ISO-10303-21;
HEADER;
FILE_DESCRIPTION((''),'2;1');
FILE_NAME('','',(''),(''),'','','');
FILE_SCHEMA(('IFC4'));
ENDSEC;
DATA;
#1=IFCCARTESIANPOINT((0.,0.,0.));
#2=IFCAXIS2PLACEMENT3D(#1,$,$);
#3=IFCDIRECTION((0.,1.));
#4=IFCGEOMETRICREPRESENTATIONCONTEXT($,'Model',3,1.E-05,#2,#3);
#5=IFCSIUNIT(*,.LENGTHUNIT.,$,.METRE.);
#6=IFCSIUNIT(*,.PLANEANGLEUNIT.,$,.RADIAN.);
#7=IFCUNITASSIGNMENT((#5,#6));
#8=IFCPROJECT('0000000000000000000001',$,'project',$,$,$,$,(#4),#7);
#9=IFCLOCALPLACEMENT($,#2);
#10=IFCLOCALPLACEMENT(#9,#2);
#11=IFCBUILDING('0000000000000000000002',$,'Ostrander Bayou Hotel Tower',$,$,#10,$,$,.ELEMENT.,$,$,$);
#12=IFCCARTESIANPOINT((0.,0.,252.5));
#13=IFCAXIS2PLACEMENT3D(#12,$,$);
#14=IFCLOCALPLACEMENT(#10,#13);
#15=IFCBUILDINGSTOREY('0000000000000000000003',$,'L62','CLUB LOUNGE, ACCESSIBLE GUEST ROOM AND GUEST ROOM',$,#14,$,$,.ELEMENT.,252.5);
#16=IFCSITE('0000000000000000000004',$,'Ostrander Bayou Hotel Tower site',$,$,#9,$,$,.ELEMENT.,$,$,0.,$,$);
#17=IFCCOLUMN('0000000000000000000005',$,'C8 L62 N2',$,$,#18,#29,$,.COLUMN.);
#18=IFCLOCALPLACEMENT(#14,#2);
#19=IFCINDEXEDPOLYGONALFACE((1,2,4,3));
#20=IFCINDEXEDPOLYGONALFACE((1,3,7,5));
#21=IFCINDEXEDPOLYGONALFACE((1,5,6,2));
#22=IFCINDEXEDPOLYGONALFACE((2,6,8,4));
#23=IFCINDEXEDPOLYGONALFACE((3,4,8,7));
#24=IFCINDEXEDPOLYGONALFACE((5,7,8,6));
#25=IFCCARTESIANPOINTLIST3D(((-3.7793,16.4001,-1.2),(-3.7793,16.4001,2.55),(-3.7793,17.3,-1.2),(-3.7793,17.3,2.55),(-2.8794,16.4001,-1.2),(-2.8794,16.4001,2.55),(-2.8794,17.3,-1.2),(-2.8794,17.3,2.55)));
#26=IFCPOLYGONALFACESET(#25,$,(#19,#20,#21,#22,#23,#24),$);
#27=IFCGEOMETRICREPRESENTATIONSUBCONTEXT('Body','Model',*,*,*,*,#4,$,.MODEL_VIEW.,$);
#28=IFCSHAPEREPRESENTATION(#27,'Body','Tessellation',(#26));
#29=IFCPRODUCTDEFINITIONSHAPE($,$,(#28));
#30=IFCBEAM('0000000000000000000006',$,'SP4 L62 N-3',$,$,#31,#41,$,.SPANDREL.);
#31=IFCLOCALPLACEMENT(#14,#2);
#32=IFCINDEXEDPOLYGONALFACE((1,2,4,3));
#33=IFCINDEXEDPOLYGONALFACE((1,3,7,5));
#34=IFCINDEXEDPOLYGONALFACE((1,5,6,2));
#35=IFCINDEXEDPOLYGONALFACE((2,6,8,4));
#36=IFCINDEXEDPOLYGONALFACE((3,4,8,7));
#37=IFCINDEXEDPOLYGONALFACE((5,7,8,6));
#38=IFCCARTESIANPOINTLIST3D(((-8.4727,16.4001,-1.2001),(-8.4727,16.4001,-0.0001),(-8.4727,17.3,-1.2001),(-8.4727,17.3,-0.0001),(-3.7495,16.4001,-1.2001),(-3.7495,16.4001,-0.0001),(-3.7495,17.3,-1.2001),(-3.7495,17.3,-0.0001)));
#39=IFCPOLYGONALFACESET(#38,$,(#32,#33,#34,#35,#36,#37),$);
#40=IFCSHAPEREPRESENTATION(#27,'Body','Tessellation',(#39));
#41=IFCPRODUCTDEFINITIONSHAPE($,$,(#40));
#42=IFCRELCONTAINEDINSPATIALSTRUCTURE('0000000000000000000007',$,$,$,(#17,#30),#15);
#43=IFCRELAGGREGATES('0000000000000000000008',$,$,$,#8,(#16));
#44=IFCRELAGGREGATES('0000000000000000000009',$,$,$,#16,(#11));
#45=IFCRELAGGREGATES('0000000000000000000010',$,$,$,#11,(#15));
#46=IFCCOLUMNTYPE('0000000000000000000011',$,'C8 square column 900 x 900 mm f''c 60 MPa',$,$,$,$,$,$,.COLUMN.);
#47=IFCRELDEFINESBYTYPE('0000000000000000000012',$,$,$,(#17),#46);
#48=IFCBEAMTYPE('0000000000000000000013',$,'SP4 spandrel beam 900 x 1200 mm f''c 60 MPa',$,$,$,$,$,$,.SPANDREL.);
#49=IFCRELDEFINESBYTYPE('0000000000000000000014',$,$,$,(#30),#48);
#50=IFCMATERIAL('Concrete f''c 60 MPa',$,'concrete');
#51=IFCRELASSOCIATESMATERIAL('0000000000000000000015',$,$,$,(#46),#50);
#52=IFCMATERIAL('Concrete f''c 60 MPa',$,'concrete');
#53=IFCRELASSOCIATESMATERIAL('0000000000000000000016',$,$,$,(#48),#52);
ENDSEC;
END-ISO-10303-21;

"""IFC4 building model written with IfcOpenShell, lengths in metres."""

from ifc_helpers import new_model, si_unit, direction, frame, origin, origin_2d, place, context, subcontext, project, spatial, rectangle, extrude, material, material_profile, profile_set, type_object, element, save


model = new_model("IFC4")

# Units and contexts
model_context = context("Model", 3, precision=1e-05, world=origin(), true_north=direction((0.0, 1.0)))
body_context = subcontext(model_context, "Body", "Model", "MODEL_VIEW")
ifc_project = project(units=[si_unit("LENGTHUNIT", "METRE"), si_unit("PLANEANGLEUNIT", "RADIAN")], contexts=[model_context])

# Site, building, storey
site_placement = place(None, origin())
site = spatial("IfcSite", under=ifc_project, at=site_placement, Name="Ostrander Bayou Hotel Tower site", CompositionType="ELEMENT", RefElevation=0.0)
building_placement = place(site_placement, origin())
building = spatial("IfcBuilding", under=site, at=building_placement, Name="Ostrander Bayou Hotel Tower", CompositionType="ELEMENT")
storey_placement = place(building_placement, frame((0.0, 0.0, 252.5)))
storey = spatial("IfcBuildingStorey", under=building, at=storey_placement, Name="L62", Description="CLUB LOUNGE, ACCESSIBLE GUEST ROOM AND GUEST ROOM", CompositionType="ELEMENT", Elevation=252.5)

# Column
ifc_material_1 = material(Name="Concrete f'c 60 MPa", Category="concrete")
ifc_material_profile_1 = material_profile(ifc_material_1, rectangle(XDim=0.8999, YDim=0.8999, at=origin_2d()))
ifc_profile_set_1 = profile_set([ifc_material_profile_1], Name="Concrete f'c 60 MPa")
column_type = type_object("IfcColumnType", Name="C8 square column 900 x 900 mm f'c 60 MPa", PredefinedType="COLUMN", material=ifc_profile_set_1)
column_placement = place(storey_placement, frame((-3.3293, 16.8501, -1.2), z_axis=(0.0, 0.0, 1.0), x_axis=(1.0, 0.0, 0.0)))
element("IfcColumn", 1, at=column_placement, inside=storey, type_object=column_type, Name="C8 L62 N2", PredefinedType="COLUMN", context=body_context, shape_type="SweptSolid", body=[
    extrude(rectangle(XDim=0.8999, YDim=0.8999, at=origin_2d()), origin(), (0.0, 0.0, 1.0), 3.75),
])

# Beam
ifc_material_2 = material(Name="Concrete f'c 60 MPa", Category="concrete")
ifc_material_profile_2 = material_profile(ifc_material_2, rectangle(XDim=0.8999, YDim=1.2, at=origin_2d()))
ifc_profile_set_2 = profile_set([ifc_material_profile_2], Name="Concrete f'c 60 MPa")
beam_type = type_object("IfcBeamType", Name="SP4 spandrel beam 900 x 1200 mm f'c 60 MPa", PredefinedType="SPANDREL", material=ifc_profile_set_2)
beam_placement = place(storey_placement, frame((-3.7495, 16.8501, -0.6001), z_axis=(-1.0, 0.0, 0.0), x_axis=(0.0, -1.0, 0.0)))
element("IfcBeam", 2, at=beam_placement, inside=storey, type_object=beam_type, Name="SP4 L62 N-3", PredefinedType="SPANDREL", context=body_context, shape_type="SweptSolid", body=[
    extrude(rectangle(XDim=0.8999, YDim=1.2, at=origin_2d()), origin(), (0.0, 0.0, 1.0), 4.7231),
])

save(model, "model.ifc")
